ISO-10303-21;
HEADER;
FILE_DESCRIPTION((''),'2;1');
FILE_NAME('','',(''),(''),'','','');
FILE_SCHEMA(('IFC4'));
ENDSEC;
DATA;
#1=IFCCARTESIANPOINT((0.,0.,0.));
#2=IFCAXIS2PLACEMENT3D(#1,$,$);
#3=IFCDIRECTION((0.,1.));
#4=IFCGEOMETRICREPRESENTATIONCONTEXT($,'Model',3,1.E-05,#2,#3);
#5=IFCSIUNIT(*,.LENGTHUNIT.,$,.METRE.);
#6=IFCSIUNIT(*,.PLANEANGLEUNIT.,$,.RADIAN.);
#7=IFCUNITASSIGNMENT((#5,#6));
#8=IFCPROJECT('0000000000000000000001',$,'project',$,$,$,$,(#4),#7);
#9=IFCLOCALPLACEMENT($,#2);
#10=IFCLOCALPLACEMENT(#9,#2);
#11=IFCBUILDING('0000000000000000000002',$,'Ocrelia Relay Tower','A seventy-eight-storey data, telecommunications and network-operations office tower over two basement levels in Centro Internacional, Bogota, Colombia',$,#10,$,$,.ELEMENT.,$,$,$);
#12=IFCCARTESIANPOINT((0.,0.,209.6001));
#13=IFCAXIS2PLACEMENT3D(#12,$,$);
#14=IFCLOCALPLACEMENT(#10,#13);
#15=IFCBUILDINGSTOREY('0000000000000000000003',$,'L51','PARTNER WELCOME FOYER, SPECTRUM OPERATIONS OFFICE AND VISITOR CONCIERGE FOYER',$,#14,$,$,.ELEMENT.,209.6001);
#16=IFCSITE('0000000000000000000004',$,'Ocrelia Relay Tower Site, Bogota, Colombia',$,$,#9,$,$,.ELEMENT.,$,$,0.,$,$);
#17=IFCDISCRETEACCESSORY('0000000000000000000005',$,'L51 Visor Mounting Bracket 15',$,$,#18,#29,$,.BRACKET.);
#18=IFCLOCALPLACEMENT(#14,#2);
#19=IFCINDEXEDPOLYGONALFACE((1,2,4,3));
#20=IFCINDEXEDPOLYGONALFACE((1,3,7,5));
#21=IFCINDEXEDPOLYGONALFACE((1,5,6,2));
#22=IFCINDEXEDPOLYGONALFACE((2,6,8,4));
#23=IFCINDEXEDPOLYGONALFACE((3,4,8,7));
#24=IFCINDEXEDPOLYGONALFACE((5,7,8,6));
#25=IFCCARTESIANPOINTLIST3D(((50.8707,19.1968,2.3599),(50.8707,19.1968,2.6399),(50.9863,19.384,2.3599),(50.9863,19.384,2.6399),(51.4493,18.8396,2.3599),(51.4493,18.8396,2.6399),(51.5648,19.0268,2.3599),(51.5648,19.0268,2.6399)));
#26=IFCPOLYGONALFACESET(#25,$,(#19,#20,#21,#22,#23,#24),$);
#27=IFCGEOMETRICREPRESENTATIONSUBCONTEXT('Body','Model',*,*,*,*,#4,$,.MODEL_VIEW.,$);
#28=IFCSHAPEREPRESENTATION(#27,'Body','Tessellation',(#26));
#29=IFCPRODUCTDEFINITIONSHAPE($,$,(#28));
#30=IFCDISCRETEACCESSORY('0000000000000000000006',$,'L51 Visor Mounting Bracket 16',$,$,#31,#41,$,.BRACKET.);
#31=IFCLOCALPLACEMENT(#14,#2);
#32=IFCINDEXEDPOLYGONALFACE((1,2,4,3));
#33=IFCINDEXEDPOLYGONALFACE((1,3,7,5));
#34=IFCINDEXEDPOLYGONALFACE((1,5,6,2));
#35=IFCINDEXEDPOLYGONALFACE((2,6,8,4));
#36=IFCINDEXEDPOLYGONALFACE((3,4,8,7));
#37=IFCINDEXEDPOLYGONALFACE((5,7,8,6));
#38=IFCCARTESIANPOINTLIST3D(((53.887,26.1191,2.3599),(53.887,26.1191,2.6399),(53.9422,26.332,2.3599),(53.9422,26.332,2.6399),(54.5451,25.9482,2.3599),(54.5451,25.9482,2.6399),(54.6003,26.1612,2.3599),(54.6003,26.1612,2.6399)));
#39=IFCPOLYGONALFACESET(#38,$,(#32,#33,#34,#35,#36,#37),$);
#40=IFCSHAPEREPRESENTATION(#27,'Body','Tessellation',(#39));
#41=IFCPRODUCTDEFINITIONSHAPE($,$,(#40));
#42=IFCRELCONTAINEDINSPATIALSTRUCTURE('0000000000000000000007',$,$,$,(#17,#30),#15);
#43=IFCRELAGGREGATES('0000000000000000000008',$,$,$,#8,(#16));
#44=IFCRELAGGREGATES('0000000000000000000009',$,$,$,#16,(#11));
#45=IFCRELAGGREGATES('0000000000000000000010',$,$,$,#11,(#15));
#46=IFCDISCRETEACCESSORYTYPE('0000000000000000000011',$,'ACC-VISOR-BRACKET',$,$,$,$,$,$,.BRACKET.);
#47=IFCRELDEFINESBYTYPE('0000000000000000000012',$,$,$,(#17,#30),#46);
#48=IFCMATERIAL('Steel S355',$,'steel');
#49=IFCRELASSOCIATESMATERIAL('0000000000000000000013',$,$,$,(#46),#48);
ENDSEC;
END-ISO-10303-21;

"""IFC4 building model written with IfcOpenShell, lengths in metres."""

from ifc_helpers import new_model, si_unit, direction, frame, origin, origin_2d, place, context, subcontext, project, spatial, rectangle, extrude, material, type_object, element, save


model = new_model("IFC4")

# Units and contexts
model_context = context("Model", 3, precision=1e-05, world=origin(), true_north=direction((0.0, 1.0)))
body_context = subcontext(model_context, "Body", "Model", "MODEL_VIEW")
ifc_project = project(units=[si_unit("LENGTHUNIT", "METRE"), si_unit("PLANEANGLEUNIT", "RADIAN")], contexts=[model_context])

# Site, building, storey
site_placement = place(None, origin())
site = spatial("IfcSite", under=ifc_project, at=site_placement, Name="Ocrelia Relay Tower Site, Bogota, Colombia", CompositionType="ELEMENT", RefElevation=0.0)
building_placement = place(site_placement, origin())
building = spatial("IfcBuilding", under=site, at=building_placement, Name="Ocrelia Relay Tower", Description="A seventy-eight-storey data, telecommunications and network-operations office tower over two basement levels in Centro Internacional, Bogota, Colombia", CompositionType="ELEMENT")
storey_placement = place(building_placement, frame((0.0, 0.0, 209.6001)))
storey = spatial("IfcBuildingStorey", under=building, at=storey_placement, Name="L51", Description="PARTNER WELCOME FOYER, SPECTRUM OPERATIONS OFFICE AND VISITOR CONCIERGE FOYER", CompositionType="ELEMENT", Elevation=209.6001)

# Shared definitions
ifc_material_1 = material(Name="Steel S355", Category="steel")

# Discrete accessories
discrete_accessory_type = type_object("IfcDiscreteAccessoryType", Name="ACC-VISOR-BRACKET", PredefinedType="BRACKET", material=ifc_material_1)
for number, where, z_axis, x_axis, name in (
    (1, (51.2178, 19.1118, 2.3599), (0.0, 0.0, 1.0), (0.525338, 0.850893, 0.0), "L51 Visor Mounting Bracket 15"),
    (2, (54.2437, 26.1401, 2.3599), (0.0, 0.0, 1.0), (0.251311, 0.967906, 0.0), "L51 Visor Mounting Bracket 16"),
):
    element("IfcDiscreteAccessory", number, at=place(storey_placement, frame(where, z_axis=z_axis, x_axis=x_axis)), inside=storey, type_object=discrete_accessory_type, Name=name, PredefinedType="BRACKET", context=body_context, shape_type="SweptSolid", body=[
        extrude(rectangle(XDim=0.22, YDim=0.6799, at=origin_2d()), origin(), (0.0, 0.0, 1.0), 0.28),
    ])

save(model, "model.ifc")
